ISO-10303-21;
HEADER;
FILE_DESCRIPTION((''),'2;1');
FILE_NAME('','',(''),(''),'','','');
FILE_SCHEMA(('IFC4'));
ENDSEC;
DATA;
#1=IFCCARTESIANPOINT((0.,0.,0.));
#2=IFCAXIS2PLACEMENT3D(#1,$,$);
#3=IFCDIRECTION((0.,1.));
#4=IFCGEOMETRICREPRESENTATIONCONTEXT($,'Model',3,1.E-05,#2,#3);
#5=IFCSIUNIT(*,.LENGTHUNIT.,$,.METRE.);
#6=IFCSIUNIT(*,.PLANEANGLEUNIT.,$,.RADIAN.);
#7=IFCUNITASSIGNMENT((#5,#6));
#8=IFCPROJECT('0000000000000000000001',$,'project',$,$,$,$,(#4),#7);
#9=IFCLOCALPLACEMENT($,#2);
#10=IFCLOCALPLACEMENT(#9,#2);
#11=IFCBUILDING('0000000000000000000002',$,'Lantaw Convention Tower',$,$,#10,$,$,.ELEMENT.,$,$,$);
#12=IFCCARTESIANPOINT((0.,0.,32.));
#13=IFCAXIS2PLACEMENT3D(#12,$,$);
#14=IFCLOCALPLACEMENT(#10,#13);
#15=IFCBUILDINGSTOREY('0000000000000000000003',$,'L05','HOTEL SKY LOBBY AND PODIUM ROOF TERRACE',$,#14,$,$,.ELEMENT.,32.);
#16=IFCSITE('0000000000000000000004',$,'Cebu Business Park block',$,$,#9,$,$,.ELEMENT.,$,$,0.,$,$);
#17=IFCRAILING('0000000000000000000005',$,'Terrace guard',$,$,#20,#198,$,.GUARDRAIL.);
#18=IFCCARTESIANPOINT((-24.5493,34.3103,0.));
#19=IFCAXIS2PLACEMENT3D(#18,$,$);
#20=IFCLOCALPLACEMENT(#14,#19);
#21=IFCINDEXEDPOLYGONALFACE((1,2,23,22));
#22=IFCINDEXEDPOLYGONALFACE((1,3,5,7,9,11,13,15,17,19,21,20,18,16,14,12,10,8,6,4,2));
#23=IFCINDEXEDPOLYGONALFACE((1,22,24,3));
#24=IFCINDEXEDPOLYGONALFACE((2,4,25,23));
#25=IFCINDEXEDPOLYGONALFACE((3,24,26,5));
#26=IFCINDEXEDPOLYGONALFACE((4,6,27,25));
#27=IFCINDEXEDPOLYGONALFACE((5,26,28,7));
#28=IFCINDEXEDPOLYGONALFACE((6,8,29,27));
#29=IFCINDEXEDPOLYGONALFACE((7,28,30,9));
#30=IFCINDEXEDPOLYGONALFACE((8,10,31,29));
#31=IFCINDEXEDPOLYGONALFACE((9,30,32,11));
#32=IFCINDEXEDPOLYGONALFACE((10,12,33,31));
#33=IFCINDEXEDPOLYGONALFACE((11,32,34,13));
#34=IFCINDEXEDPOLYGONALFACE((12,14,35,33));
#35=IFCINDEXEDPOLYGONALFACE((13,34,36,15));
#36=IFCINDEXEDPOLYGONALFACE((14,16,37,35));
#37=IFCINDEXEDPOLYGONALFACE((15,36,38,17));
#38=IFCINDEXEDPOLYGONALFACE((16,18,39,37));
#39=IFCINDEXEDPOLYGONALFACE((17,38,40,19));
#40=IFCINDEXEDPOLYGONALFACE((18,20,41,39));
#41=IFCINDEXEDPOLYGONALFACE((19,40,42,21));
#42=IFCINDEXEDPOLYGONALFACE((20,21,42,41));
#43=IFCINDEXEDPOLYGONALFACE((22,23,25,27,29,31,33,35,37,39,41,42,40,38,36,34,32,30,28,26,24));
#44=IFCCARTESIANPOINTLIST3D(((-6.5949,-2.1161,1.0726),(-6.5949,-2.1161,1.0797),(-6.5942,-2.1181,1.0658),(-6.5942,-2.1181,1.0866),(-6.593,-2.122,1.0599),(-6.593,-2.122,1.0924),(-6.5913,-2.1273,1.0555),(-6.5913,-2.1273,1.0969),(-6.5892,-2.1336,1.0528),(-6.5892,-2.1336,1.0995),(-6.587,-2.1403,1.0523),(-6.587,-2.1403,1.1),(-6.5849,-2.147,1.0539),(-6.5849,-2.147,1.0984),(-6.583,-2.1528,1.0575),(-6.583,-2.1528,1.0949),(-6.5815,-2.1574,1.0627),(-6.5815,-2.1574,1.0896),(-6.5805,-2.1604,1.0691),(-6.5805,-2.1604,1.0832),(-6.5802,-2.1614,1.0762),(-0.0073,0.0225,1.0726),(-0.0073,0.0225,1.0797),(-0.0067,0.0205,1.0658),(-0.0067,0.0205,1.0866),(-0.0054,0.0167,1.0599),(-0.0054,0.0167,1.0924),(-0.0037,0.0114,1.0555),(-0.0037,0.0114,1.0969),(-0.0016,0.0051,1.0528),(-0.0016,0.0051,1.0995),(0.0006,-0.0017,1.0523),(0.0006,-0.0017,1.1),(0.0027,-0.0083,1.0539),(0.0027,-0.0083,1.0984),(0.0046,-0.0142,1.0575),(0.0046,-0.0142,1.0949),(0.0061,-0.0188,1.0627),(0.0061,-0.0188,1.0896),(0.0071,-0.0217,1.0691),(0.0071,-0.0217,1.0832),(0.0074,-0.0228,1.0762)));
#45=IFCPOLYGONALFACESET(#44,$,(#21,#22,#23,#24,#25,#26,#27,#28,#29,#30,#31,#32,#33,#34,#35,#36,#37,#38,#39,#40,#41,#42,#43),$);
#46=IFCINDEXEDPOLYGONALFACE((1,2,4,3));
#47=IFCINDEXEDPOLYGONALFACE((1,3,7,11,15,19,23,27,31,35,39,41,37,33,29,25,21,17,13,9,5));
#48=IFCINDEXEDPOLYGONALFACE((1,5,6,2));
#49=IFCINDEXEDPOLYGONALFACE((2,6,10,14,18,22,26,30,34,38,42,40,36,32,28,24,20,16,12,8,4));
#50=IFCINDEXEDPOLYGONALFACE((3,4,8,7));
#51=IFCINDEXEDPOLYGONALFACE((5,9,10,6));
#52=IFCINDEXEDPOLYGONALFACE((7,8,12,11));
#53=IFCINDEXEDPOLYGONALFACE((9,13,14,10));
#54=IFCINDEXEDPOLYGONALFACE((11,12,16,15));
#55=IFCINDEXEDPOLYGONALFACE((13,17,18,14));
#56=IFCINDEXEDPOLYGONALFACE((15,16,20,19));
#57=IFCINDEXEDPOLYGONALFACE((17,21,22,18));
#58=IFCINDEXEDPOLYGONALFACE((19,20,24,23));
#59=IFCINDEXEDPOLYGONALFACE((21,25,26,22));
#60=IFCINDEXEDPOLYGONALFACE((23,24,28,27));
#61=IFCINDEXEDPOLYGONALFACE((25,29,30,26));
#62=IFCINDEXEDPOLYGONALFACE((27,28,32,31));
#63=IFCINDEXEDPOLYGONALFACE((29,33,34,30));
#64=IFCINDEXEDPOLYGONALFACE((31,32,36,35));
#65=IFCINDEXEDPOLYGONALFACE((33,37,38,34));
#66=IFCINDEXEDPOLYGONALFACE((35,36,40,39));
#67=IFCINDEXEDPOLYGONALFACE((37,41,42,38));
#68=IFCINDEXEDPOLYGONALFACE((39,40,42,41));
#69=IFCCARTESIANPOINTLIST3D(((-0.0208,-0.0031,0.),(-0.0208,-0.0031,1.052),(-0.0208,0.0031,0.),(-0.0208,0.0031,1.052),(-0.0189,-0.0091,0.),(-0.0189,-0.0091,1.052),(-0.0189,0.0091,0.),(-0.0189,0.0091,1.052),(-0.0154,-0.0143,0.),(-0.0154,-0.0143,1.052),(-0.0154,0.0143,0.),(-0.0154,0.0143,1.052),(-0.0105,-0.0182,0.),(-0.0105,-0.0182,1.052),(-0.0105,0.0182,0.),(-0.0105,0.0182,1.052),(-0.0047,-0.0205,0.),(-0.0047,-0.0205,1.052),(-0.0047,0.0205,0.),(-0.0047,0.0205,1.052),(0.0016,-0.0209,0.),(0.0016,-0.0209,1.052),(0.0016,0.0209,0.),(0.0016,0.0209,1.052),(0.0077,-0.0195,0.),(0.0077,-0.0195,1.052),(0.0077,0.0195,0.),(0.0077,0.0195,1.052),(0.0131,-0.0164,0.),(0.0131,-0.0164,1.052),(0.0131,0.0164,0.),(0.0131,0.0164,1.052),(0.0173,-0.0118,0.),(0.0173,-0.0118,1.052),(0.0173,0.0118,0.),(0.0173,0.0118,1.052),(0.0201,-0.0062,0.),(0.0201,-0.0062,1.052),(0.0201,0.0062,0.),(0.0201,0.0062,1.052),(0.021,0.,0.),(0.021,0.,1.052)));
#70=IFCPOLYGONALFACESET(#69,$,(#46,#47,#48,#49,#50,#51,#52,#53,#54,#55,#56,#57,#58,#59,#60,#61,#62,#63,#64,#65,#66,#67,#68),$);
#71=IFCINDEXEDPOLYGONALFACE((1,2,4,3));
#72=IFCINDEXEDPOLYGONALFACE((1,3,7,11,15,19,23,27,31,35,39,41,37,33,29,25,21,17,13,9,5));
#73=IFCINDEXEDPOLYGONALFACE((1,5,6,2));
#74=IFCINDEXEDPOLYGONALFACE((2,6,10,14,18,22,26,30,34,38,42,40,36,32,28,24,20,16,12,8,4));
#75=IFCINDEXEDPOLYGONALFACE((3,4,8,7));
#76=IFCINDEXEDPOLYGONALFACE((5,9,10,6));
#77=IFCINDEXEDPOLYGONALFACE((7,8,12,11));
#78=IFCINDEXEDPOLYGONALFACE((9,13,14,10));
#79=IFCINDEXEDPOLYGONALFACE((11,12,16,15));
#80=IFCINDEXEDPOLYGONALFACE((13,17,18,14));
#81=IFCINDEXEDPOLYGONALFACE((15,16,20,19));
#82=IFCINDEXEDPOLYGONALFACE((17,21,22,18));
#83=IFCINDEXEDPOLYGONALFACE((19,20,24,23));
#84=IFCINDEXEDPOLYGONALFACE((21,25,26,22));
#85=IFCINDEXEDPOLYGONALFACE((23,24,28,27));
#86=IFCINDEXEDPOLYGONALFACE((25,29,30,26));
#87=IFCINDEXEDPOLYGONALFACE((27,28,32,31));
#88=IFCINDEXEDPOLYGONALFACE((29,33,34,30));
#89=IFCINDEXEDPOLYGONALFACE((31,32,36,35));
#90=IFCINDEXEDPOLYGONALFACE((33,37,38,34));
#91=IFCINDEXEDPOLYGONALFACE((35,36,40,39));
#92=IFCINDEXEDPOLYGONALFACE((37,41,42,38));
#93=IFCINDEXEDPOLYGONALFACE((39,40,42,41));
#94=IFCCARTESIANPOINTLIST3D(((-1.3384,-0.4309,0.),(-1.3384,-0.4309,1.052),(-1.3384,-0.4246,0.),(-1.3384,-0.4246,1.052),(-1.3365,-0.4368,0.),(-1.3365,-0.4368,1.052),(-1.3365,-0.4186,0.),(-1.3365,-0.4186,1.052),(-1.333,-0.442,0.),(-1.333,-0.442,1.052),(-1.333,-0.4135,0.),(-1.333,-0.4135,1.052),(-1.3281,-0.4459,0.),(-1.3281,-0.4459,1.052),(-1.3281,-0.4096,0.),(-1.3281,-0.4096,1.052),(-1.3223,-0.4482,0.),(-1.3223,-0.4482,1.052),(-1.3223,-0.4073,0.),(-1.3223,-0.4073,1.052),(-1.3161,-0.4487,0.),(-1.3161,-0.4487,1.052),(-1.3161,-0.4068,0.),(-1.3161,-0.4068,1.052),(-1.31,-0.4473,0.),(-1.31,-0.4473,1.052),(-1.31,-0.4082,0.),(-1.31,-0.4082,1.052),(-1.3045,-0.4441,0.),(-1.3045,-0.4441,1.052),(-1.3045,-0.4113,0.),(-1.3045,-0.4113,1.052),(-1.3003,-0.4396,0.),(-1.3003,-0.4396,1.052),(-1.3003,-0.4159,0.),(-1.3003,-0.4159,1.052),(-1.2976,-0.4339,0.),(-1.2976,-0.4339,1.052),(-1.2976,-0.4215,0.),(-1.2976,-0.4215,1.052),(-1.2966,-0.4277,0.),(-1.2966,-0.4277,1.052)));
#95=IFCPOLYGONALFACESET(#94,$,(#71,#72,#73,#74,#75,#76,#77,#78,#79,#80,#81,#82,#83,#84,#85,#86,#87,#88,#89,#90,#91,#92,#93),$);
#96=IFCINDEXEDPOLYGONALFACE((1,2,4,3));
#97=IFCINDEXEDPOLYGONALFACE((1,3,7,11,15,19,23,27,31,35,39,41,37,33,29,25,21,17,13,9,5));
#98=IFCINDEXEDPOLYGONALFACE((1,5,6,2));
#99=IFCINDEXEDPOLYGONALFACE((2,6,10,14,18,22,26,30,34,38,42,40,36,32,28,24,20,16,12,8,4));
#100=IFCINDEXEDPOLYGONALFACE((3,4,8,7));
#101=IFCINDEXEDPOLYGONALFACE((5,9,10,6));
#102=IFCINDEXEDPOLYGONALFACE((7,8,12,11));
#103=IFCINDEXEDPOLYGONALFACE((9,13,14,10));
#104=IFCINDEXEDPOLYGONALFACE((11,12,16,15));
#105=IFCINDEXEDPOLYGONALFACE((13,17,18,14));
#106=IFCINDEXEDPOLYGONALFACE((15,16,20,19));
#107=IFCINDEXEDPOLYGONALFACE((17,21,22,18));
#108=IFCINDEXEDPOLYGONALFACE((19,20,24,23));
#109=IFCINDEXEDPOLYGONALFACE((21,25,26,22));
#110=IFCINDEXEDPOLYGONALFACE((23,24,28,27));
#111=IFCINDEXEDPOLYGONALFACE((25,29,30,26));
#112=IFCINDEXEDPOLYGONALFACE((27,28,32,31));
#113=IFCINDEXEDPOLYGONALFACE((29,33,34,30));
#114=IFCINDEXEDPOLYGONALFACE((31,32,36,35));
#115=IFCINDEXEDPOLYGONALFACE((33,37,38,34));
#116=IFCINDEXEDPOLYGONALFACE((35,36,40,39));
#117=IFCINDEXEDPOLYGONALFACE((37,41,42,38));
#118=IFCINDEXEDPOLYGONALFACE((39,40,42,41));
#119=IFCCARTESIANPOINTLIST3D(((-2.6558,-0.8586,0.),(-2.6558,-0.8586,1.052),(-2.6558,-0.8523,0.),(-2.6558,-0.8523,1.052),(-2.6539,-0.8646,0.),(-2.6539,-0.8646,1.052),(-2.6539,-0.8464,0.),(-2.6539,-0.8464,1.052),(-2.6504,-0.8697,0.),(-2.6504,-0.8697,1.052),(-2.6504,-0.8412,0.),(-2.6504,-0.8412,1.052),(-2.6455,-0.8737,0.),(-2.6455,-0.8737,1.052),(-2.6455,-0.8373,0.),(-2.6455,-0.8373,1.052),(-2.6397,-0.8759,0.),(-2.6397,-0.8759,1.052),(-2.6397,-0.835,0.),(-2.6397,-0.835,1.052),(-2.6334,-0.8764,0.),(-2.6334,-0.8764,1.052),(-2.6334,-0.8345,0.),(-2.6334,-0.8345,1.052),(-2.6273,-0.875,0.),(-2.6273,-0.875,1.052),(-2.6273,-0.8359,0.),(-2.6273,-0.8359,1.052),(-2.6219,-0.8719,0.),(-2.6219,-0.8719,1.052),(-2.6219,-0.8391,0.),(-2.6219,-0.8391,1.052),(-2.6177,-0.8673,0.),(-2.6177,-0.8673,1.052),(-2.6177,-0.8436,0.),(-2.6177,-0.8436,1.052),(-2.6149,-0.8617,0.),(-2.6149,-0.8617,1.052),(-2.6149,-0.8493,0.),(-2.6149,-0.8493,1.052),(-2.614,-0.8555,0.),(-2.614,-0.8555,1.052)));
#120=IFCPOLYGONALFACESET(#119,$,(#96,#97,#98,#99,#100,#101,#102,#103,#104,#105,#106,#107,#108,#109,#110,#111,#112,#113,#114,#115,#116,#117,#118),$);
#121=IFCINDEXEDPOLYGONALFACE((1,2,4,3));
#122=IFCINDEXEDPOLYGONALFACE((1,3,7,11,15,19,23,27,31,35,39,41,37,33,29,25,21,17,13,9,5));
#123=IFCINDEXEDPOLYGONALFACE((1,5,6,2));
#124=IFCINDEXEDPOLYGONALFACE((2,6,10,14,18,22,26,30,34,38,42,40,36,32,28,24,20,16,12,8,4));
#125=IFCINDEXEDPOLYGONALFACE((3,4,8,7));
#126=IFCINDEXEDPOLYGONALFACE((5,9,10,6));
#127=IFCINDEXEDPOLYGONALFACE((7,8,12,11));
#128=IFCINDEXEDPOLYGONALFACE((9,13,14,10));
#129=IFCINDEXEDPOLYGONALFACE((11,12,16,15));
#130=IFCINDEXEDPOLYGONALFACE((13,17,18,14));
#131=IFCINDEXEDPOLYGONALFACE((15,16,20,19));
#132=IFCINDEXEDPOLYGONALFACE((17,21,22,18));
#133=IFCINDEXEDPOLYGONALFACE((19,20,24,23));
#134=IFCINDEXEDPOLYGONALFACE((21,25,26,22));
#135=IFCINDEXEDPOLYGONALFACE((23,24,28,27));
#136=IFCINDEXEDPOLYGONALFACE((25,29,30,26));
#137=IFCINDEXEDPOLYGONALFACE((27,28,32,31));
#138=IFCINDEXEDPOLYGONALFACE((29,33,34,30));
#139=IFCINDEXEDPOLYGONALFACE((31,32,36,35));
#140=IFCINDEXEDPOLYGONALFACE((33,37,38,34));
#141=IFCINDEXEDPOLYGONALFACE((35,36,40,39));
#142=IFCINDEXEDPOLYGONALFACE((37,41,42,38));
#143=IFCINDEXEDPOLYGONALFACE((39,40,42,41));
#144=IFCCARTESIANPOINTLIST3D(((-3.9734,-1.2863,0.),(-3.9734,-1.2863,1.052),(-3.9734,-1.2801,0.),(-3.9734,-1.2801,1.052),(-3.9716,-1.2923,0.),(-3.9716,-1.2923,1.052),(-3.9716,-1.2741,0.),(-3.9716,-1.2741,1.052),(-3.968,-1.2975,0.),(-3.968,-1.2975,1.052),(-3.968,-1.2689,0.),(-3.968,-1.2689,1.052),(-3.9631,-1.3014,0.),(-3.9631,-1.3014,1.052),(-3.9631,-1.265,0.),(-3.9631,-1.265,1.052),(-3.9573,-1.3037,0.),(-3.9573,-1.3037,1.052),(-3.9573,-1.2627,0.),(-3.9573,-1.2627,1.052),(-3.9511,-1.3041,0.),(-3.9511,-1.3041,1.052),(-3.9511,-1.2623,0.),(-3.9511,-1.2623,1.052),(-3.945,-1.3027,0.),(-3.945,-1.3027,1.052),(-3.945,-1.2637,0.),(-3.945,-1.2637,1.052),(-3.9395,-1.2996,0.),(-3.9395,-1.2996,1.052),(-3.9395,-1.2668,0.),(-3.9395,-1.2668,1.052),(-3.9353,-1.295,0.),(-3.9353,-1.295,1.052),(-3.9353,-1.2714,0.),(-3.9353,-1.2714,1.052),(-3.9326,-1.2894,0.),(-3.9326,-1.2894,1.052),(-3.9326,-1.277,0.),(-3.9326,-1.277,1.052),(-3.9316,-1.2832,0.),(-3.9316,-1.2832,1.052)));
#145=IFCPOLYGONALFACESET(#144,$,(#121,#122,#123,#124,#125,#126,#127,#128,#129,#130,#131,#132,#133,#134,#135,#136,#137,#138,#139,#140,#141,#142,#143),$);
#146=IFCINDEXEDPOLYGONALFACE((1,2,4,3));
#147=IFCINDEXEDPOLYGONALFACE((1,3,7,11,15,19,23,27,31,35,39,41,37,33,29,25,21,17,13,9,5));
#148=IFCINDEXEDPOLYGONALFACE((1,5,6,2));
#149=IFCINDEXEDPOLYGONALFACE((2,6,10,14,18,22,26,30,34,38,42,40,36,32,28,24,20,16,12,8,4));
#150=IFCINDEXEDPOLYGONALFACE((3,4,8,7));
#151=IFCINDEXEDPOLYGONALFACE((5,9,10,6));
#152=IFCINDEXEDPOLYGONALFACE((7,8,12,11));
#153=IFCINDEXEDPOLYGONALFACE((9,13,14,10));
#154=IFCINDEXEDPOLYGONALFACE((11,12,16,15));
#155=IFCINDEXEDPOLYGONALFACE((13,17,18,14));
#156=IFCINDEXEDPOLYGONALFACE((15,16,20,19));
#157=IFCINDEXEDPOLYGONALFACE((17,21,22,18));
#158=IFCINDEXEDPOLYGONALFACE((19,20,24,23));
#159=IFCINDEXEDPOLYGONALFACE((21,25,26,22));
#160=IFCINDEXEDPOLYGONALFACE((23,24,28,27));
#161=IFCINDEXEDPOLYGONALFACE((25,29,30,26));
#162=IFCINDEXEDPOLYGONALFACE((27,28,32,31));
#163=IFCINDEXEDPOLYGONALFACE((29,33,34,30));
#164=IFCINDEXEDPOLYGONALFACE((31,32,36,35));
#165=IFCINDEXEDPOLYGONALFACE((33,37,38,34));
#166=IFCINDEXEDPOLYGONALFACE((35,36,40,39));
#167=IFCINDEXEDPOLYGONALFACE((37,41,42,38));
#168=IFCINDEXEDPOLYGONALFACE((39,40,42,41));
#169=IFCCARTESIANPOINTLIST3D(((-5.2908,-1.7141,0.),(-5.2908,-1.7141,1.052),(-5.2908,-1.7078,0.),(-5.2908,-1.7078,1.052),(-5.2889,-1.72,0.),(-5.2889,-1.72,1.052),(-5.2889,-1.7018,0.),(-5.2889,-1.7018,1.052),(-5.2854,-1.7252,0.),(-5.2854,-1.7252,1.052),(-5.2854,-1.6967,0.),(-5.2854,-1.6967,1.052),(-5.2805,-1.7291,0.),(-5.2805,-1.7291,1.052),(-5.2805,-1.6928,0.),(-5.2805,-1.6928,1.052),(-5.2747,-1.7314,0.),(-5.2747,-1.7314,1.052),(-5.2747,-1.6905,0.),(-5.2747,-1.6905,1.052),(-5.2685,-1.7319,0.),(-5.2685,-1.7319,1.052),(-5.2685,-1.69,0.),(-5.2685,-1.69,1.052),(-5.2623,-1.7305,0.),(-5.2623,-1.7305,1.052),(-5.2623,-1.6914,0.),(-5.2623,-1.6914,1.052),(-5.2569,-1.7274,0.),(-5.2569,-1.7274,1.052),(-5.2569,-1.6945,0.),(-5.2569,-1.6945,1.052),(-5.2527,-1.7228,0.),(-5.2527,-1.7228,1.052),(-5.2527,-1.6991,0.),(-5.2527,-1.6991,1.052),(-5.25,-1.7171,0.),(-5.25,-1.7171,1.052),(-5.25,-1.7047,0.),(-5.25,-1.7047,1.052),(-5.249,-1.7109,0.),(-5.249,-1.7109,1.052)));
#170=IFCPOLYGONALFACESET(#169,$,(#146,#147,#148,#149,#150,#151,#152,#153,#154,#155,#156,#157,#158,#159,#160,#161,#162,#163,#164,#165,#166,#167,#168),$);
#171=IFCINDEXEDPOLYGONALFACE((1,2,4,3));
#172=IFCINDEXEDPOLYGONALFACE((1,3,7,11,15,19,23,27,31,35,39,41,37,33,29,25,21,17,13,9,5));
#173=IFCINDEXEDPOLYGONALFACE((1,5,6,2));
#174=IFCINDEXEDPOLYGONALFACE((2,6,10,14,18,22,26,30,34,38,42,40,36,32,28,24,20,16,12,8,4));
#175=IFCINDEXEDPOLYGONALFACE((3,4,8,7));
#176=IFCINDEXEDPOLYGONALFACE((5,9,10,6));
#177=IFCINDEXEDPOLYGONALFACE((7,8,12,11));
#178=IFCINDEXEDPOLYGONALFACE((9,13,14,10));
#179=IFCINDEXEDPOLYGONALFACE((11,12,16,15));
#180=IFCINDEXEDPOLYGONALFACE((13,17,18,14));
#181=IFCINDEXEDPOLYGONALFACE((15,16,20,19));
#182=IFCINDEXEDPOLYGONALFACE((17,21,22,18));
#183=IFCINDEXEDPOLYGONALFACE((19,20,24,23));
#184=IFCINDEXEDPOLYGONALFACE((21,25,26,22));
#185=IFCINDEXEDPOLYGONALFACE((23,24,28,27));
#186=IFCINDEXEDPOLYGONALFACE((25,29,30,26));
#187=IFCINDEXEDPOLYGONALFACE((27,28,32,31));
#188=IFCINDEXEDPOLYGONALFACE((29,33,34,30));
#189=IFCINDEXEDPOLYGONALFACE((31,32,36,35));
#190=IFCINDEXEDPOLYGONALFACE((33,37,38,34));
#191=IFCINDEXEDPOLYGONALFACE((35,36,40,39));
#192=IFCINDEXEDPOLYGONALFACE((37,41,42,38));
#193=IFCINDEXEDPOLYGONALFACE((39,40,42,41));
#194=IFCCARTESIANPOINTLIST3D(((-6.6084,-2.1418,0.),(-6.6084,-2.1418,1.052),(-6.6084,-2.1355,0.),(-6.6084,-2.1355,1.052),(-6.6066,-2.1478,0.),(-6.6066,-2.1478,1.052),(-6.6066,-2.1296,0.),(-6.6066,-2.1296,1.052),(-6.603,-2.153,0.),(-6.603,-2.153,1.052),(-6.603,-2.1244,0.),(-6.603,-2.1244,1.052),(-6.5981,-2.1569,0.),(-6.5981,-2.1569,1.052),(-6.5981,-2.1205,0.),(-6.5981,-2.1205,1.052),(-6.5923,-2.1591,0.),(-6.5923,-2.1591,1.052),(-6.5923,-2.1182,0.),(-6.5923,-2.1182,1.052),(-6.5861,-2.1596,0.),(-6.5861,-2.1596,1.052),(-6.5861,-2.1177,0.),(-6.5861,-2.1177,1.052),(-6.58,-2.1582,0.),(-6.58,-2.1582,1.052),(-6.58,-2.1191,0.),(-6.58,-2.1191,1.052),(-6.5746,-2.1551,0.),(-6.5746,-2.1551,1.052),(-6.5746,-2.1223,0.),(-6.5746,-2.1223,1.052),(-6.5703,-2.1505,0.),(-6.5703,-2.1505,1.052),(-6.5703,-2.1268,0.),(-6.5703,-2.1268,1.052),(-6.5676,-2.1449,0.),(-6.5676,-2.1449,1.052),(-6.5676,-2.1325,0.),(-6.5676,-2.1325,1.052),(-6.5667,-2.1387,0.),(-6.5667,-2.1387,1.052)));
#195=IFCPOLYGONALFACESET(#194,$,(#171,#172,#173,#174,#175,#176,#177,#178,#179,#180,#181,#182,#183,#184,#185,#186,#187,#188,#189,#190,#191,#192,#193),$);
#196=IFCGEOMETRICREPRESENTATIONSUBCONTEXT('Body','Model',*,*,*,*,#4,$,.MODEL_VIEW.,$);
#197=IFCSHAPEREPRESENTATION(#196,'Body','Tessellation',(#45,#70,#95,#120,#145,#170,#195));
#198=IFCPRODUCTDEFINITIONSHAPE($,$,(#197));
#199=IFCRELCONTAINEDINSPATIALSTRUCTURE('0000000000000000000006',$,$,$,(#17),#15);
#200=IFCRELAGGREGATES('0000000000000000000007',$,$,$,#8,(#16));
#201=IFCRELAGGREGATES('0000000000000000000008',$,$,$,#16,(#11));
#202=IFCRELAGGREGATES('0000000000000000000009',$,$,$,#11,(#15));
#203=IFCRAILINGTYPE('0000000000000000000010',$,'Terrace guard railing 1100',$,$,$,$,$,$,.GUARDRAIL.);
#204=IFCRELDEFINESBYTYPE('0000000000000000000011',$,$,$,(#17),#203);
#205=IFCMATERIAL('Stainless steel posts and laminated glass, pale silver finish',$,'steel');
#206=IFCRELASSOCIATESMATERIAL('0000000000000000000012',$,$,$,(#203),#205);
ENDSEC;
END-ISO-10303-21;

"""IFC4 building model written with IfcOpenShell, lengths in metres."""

from ifc_helpers import new_model, si_unit, direction, frame, origin, origin_2d, place, context, subcontext, project, spatial, circle, extrude, material, type_object, element, save


model = new_model("IFC4")

# Units and contexts
model_context = context("Model", 3, precision=1e-05, world=origin(), true_north=direction((0.0, 1.0)))
body_context = subcontext(model_context, "Body", "Model", "MODEL_VIEW")
ifc_project = project(units=[si_unit("LENGTHUNIT", "METRE"), si_unit("PLANEANGLEUNIT", "RADIAN")], contexts=[model_context])

# Site, building, storey
site_placement = place(None, origin())
site = spatial("IfcSite", under=ifc_project, at=site_placement, Name="Cebu Business Park block", CompositionType="ELEMENT", RefElevation=0.0)
building_placement = place(site_placement, origin())
building = spatial("IfcBuilding", under=site, at=building_placement, Name="Lantaw Convention Tower", CompositionType="ELEMENT")
storey_placement = place(building_placement, frame((0.0, 0.0, 32.0)))
storey = spatial("IfcBuildingStorey", under=building, at=storey_placement, Name="L05", Description="HOTEL SKY LOBBY AND PODIUM ROOF TERRACE", CompositionType="ELEMENT", Elevation=32.0)

# Railing
ifc_material_1 = material(Name="Stainless steel posts and laminated glass, pale silver finish", Category="steel")
railing_type_1 = type_object("IfcRailingType", Name="Terrace guard railing 1100", PredefinedType="GUARDRAIL", material=ifc_material_1)
railing_1_placement = place(storey_placement, frame((-24.5493, 34.3103, 0.0)))
element("IfcRailing", 1, at=railing_1_placement, inside=storey, type_object=railing_type_1, Name="Terrace guard", PredefinedType="GUARDRAIL", context=body_context, shape_type="SweptSolid", body=[
    extrude(circle(Radius=0.0239, at=origin_2d()), frame((0.0, 0.0, 1.0762), z_axis=(-0.951132, -0.308784, 0.0), x_axis=(0.308784, -0.951132, 0.0)), (0.0, 0.0, 1.0), 6.926),
    extrude(circle(Radius=0.021, at=origin_2d()), origin(), (0.0, 0.0, 1.0), 1.052),
    extrude(circle(Radius=0.021, at=origin_2d()), frame((-1.3176, -0.4277, 0.0)), (0.0, 0.0, 1.0), 1.052),
    extrude(circle(Radius=0.021, at=origin_2d()), frame((-2.635, -0.8555, 0.0)), (0.0, 0.0, 1.0), 1.052),
    extrude(circle(Radius=0.021, at=origin_2d()), frame((-3.9526, -1.2832, 0.0)), (0.0, 0.0, 1.0), 1.052),
    extrude(circle(Radius=0.021, at=origin_2d()), frame((-5.27, -1.7109, 0.0)), (0.0, 0.0, 1.0), 1.052),
    extrude(circle(Radius=0.021, at=origin_2d()), frame((-6.5876, -2.1387, 0.0)), (0.0, 0.0, 1.0), 1.052),
])

save(model, "model.ifc")
